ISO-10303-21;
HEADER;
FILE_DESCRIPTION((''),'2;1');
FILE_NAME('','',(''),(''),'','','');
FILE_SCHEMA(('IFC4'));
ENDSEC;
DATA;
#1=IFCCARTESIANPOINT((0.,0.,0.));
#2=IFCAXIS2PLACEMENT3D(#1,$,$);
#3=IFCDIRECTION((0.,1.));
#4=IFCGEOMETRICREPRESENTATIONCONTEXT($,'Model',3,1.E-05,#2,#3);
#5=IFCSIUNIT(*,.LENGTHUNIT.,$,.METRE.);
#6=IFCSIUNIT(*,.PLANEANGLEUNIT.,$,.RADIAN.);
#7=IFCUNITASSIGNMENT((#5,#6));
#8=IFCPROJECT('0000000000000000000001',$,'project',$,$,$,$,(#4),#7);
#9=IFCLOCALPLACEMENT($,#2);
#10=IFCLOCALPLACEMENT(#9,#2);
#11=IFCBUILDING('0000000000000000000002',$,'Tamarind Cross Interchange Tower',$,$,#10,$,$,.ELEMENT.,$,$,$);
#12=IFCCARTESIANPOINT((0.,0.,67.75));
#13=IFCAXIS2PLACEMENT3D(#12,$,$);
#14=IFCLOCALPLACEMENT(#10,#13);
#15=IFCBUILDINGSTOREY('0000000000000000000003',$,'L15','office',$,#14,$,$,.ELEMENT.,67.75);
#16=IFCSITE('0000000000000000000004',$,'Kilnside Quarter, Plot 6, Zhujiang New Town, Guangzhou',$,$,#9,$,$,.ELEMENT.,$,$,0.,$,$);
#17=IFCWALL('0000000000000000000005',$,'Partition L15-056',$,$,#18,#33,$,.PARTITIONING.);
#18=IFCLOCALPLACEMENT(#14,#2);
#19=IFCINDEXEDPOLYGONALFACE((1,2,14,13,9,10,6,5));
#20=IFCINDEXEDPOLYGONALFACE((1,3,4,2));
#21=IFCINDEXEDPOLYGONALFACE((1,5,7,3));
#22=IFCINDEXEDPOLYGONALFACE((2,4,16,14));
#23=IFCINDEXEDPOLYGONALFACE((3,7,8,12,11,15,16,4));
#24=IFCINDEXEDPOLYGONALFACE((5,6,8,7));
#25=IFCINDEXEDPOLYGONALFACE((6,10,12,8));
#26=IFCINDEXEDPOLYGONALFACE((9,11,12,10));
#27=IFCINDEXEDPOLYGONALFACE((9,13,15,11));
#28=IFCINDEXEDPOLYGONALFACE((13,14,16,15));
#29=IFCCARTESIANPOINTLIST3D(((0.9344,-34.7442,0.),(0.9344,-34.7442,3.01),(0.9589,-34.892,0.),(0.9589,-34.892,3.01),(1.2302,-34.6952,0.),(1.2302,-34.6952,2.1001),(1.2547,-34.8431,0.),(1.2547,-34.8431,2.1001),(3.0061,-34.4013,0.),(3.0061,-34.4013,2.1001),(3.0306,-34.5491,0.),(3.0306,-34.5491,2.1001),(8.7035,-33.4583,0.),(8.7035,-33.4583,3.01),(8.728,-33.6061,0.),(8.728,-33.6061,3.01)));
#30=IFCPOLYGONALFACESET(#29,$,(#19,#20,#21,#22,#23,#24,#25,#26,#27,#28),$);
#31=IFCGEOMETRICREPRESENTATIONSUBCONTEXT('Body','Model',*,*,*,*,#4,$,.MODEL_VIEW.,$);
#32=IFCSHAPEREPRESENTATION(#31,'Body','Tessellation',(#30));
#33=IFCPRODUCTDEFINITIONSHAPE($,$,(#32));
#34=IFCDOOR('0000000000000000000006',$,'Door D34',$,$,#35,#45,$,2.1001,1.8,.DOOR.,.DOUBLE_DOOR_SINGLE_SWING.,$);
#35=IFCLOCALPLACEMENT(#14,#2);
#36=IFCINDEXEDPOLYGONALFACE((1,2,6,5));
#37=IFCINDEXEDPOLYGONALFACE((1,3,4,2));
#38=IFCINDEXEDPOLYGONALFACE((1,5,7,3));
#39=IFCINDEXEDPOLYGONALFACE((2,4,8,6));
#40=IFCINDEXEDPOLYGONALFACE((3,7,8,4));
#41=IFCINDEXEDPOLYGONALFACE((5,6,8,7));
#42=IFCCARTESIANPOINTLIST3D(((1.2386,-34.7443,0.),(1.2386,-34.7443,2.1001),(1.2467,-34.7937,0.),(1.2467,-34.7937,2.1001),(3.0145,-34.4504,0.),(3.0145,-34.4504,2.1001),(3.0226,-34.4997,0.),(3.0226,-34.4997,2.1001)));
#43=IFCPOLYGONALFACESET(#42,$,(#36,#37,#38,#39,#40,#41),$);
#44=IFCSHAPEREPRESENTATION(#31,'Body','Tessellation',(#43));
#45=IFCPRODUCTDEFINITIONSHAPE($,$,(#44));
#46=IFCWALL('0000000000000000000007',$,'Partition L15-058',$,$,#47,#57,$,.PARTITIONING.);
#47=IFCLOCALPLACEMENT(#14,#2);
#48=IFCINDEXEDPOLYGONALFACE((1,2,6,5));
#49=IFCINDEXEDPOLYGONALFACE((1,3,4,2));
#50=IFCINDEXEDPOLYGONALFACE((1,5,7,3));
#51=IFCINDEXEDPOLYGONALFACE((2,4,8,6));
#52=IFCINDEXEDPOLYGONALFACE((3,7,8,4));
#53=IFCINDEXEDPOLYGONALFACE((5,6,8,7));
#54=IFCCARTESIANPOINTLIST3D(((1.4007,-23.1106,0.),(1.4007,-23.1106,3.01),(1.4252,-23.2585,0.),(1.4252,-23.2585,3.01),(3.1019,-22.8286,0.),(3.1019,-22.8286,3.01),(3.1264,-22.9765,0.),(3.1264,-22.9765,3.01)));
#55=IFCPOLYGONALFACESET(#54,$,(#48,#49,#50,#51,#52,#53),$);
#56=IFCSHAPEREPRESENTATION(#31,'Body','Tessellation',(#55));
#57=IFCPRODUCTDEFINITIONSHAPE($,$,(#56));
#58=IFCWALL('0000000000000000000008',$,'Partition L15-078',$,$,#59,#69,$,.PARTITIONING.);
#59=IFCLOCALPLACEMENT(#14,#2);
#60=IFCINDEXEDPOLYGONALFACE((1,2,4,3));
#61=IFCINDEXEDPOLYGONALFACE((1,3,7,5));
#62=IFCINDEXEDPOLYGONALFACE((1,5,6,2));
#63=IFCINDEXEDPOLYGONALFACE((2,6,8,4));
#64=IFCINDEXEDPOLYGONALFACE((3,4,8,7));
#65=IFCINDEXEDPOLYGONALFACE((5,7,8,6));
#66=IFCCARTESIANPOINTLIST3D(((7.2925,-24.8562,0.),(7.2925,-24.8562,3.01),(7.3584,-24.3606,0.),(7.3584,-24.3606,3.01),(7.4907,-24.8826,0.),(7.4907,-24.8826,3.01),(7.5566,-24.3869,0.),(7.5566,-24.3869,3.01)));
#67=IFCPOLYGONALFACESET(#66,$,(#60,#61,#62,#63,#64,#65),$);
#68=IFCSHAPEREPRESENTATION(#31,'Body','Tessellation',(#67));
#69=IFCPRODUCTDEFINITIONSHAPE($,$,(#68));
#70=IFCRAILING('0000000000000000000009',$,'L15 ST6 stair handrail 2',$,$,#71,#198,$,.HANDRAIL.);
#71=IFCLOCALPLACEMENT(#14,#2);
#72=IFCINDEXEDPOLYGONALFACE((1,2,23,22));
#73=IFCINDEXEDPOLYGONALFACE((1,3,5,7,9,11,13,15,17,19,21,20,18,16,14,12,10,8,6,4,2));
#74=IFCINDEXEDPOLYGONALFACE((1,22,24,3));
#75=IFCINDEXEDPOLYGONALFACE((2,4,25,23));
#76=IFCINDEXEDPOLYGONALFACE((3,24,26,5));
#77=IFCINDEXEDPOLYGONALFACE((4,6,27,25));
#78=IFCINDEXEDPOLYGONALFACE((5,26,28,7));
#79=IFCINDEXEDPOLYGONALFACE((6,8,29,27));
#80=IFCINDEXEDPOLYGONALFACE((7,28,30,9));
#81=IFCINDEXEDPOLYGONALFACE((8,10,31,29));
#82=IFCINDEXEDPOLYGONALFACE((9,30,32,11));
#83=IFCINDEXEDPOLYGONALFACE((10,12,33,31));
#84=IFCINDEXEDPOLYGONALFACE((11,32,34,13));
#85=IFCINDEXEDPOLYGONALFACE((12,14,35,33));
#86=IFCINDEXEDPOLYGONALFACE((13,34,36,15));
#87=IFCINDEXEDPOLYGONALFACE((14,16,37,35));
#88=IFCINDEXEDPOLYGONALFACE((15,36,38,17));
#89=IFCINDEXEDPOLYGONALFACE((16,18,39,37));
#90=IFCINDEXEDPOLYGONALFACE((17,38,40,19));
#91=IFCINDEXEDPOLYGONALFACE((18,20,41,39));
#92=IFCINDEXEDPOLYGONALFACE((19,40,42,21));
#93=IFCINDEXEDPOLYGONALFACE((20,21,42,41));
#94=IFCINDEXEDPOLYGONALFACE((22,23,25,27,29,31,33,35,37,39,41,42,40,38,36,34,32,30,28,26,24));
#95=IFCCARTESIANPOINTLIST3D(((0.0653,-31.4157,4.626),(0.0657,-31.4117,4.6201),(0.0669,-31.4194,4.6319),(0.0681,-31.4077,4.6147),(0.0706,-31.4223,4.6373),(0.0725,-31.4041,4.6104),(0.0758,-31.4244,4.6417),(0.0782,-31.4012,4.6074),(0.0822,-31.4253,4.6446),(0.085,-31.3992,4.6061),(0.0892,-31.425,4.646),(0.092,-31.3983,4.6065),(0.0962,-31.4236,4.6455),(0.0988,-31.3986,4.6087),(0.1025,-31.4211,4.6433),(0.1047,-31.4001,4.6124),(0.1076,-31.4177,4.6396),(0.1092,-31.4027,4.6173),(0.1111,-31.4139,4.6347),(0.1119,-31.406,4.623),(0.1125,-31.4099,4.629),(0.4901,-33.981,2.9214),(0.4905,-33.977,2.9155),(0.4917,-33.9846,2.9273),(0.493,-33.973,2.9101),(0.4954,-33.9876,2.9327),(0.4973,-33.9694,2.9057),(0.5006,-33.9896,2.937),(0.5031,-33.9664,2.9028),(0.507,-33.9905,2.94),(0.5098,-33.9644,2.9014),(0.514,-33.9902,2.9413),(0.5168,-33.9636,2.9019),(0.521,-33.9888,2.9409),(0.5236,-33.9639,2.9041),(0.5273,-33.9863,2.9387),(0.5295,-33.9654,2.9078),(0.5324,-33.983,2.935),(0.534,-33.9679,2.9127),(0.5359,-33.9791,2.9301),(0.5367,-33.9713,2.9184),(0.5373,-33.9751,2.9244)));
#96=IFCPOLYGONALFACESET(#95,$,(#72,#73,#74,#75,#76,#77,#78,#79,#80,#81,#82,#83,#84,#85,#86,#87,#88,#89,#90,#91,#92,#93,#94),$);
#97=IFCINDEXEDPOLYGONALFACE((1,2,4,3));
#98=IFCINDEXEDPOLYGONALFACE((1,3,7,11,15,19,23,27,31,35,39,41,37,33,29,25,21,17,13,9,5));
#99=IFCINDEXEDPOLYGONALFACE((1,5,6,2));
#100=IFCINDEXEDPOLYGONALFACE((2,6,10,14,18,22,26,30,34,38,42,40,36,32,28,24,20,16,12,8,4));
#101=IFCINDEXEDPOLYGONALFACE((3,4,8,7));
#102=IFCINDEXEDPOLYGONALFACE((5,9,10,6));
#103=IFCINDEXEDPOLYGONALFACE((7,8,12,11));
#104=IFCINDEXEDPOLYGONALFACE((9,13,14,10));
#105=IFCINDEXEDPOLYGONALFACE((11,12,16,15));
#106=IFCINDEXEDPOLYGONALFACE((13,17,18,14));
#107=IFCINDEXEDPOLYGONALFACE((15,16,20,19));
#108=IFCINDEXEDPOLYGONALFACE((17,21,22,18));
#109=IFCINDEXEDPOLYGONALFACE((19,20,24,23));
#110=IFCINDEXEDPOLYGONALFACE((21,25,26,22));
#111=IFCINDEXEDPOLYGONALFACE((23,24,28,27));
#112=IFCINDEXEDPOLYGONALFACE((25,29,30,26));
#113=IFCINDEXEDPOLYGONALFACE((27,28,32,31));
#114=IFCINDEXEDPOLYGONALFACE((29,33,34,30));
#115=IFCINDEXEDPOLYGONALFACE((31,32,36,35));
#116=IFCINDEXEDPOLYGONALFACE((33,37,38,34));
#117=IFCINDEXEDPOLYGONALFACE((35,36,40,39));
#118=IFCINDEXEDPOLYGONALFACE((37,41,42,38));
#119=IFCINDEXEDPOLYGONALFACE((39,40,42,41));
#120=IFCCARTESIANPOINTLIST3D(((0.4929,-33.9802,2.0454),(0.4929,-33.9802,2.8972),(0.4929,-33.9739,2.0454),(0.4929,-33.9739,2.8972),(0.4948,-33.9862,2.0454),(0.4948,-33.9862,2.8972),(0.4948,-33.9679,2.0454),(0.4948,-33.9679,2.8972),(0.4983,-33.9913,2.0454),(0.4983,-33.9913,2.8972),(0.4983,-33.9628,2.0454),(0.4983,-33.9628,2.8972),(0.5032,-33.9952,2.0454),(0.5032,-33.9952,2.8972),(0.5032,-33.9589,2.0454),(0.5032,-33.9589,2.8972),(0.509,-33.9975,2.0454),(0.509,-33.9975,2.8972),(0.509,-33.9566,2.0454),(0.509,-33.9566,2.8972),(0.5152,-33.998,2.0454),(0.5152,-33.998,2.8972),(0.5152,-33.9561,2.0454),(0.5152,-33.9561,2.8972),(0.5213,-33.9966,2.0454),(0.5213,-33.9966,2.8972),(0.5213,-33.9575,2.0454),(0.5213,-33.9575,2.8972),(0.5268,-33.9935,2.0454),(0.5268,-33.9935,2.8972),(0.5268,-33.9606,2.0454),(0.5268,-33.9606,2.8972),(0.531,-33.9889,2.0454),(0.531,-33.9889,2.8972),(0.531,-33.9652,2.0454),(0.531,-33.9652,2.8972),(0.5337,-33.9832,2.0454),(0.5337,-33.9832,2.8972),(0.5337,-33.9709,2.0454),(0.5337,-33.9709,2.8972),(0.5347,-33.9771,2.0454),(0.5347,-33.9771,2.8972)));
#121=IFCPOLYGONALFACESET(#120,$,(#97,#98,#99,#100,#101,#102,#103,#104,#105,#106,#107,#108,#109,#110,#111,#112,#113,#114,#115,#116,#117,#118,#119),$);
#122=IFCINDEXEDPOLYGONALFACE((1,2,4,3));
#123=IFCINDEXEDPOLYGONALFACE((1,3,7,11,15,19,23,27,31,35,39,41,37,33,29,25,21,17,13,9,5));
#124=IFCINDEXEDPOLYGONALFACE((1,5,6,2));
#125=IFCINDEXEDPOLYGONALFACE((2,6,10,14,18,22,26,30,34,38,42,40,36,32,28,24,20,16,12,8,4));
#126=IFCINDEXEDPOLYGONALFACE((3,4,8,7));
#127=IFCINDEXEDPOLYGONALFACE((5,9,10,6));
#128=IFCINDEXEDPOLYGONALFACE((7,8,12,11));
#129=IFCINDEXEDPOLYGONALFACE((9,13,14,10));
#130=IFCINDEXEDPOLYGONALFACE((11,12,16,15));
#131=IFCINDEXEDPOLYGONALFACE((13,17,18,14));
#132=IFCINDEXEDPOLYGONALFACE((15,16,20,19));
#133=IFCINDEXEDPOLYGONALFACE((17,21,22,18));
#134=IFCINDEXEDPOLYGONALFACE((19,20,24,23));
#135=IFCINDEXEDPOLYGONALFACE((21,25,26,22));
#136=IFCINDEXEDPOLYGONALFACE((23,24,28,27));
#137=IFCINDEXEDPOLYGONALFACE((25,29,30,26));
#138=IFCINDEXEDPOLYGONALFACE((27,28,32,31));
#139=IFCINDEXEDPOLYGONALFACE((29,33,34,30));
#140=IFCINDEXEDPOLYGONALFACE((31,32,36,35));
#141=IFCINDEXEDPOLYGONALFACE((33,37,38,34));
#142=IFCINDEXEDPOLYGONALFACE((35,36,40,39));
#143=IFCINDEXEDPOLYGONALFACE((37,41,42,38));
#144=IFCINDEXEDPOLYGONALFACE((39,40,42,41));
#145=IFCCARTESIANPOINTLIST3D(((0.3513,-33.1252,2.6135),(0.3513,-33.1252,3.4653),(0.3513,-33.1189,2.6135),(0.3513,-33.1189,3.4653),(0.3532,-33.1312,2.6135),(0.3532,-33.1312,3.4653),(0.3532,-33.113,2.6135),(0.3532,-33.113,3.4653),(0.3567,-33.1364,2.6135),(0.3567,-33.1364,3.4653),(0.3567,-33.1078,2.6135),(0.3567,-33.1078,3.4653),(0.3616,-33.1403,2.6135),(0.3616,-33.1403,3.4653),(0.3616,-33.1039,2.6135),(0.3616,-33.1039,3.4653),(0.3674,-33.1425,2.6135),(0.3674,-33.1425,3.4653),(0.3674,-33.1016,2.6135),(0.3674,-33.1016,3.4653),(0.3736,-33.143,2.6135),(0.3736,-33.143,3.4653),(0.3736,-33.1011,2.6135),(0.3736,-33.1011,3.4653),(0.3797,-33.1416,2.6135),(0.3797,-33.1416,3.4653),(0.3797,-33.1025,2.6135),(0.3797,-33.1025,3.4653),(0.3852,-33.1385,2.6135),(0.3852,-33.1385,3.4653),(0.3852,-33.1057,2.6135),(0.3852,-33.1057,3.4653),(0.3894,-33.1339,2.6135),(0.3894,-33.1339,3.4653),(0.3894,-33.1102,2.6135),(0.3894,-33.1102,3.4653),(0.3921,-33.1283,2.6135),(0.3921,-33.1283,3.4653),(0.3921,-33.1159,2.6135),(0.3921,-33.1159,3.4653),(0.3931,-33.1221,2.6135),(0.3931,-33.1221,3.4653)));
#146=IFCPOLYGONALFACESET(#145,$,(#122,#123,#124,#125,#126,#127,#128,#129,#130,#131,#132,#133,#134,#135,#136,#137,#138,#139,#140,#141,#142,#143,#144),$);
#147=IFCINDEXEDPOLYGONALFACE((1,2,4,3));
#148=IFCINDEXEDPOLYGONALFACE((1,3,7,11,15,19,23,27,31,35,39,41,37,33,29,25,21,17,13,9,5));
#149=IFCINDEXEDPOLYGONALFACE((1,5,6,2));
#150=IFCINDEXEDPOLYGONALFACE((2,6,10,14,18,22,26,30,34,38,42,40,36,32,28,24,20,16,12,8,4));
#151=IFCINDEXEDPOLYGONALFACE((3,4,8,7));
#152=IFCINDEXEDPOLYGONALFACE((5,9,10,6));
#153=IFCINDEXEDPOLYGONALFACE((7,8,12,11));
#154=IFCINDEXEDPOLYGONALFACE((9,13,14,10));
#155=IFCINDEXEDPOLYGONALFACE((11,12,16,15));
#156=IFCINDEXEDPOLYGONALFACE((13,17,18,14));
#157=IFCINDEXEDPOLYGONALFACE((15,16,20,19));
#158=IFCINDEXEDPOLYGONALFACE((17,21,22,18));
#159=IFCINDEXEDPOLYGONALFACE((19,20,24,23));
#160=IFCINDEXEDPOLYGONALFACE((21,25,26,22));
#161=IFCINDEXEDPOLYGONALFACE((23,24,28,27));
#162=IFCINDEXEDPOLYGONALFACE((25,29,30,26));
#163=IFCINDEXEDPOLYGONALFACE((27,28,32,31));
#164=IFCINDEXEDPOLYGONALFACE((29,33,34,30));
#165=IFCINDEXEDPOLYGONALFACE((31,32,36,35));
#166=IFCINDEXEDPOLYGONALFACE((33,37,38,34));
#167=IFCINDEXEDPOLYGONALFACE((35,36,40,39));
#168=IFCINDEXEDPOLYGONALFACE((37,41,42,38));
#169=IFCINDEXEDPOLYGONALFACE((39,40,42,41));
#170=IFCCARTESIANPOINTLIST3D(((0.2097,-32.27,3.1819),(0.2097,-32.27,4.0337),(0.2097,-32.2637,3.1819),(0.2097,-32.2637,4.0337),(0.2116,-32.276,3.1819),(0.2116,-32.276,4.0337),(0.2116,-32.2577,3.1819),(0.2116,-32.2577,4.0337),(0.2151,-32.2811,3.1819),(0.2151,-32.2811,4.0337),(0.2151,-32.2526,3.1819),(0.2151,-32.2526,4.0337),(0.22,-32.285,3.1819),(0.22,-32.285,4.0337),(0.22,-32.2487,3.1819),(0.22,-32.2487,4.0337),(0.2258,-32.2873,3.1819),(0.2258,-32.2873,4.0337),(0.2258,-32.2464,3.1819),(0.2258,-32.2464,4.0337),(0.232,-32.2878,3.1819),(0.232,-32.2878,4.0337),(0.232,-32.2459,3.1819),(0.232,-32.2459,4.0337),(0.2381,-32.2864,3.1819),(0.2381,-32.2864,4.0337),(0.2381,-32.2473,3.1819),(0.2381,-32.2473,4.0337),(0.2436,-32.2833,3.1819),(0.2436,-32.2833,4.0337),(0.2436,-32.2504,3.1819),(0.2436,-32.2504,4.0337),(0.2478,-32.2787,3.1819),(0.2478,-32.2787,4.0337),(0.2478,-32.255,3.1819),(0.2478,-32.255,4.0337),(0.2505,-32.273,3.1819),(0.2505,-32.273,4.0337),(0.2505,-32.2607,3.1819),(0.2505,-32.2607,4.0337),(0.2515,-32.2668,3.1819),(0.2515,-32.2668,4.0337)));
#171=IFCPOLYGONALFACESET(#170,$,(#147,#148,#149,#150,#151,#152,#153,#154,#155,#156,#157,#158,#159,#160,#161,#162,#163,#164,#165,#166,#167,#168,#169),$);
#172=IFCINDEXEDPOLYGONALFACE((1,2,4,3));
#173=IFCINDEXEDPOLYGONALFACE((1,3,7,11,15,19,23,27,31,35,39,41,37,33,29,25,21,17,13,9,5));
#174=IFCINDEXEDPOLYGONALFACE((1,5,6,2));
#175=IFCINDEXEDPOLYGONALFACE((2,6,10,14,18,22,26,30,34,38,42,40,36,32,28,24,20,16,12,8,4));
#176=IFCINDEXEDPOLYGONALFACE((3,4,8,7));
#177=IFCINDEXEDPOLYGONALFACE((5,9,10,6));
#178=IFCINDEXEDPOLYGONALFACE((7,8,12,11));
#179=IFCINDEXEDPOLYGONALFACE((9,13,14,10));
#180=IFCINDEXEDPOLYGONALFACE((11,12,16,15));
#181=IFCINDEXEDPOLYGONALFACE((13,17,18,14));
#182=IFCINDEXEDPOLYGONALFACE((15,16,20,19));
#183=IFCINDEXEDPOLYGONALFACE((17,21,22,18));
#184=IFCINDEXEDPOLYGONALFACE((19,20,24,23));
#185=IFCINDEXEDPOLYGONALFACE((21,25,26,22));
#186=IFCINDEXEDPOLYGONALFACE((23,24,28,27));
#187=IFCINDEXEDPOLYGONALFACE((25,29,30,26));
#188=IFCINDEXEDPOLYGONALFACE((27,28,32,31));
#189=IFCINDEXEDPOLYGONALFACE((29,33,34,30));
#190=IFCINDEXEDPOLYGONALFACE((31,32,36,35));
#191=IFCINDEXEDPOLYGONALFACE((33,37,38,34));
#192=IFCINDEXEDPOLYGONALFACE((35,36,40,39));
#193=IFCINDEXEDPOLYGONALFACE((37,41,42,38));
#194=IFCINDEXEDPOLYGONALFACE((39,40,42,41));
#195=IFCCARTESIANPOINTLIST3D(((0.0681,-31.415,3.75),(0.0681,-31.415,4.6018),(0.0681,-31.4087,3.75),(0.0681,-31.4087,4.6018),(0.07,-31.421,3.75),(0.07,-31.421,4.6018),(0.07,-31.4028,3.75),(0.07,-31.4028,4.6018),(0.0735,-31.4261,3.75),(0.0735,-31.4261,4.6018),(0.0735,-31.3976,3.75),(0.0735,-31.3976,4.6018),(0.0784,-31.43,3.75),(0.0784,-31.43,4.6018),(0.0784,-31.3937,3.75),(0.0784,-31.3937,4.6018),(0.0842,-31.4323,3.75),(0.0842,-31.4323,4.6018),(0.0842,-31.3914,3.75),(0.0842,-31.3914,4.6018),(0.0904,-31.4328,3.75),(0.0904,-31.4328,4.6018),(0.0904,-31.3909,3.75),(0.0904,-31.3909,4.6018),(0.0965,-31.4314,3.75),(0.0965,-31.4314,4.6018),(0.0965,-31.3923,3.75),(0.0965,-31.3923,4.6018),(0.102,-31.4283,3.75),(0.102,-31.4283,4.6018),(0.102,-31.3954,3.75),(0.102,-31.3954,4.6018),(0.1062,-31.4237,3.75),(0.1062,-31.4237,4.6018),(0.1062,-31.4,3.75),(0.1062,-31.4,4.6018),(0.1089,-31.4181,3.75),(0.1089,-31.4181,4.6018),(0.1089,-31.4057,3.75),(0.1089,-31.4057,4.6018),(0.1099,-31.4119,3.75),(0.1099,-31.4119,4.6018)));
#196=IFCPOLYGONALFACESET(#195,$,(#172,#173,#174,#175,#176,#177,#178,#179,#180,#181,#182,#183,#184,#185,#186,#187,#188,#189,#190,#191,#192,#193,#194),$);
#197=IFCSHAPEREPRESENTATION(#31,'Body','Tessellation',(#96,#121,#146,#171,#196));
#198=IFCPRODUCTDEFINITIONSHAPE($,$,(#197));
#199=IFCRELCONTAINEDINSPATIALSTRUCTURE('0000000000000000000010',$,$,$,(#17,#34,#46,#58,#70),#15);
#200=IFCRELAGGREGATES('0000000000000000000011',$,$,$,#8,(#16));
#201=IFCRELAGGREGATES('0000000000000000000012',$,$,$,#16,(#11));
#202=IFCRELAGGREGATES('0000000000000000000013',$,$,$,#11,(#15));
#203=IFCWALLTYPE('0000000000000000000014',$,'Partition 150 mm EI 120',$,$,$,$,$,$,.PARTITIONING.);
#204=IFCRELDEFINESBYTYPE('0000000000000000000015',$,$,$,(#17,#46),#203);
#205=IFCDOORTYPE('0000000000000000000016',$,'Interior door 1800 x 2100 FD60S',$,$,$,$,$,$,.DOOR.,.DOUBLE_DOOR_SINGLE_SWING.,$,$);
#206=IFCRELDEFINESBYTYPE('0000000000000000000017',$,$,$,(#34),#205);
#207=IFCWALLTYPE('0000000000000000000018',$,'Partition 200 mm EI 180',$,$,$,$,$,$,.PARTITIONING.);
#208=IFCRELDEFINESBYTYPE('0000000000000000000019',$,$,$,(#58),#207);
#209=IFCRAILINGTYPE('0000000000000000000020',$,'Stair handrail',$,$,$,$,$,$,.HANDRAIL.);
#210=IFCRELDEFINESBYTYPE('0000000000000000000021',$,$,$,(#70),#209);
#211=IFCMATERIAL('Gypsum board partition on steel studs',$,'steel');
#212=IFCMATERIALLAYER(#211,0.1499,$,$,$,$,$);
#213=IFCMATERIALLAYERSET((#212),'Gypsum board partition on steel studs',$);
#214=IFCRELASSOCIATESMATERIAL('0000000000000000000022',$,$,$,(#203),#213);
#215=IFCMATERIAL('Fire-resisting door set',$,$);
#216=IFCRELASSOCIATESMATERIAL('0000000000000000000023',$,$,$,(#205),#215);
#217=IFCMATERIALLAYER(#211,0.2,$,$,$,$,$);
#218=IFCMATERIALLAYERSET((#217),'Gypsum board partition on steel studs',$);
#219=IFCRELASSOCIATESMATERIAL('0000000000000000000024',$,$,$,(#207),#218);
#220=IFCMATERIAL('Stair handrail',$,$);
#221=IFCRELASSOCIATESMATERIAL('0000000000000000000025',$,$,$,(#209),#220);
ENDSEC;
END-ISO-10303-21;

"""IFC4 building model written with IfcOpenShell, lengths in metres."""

from ifc_helpers import new_model, si_unit, direction, frame, frame_2d, origin, origin_2d, place, context, subcontext, project, spatial, rectangle, circle, extrude, material, layer, layer_set, type_object, element, fill, save


model = new_model("IFC4")

# Units and contexts
model_context = context("Model", 3, precision=1e-05, world=origin(), true_north=direction((0.0, 1.0)))
body_context = subcontext(model_context, "Body", "Model", "MODEL_VIEW")
ifc_project = project(units=[si_unit("LENGTHUNIT", "METRE"), si_unit("PLANEANGLEUNIT", "RADIAN")], contexts=[model_context])

# Site, building, storey
site_placement = place(None, origin())
site = spatial("IfcSite", under=ifc_project, at=site_placement, Name="Kilnside Quarter, Plot 6, Zhujiang New Town, Guangzhou", CompositionType="ELEMENT", RefElevation=0.0)
building_placement = place(site_placement, origin())
building = spatial("IfcBuilding", under=site, at=building_placement, Name="Tamarind Cross Interchange Tower", CompositionType="ELEMENT")
storey_placement = place(building_placement, frame((0.0, 0.0, 67.75)))
storey = spatial("IfcBuildingStorey", under=building, at=storey_placement, Name="L15", Description="office", CompositionType="ELEMENT", Elevation=67.75)

# Shared definitions
ifc_material_1 = material(Name="Gypsum board partition on steel studs", Category="steel")

# Shared definitions
ifc_layer_1 = layer(ifc_material_1, 0.1499)
ifc_layer_set_1 = layer_set([ifc_layer_1], Name="Gypsum board partition on steel studs")
wall_type_1 = type_object("IfcWallType", Name="Partition 150 mm EI 120", PredefinedType="PARTITIONING", material=ifc_layer_set_1)
ifc_material_2 = material(Name="Fire-resisting door set")

# Wall, opening, door
wall_1_placement = place(storey_placement, frame((0.9465, -34.8181, 0.0), z_axis=(0.0, 0.0, 1.0), x_axis=(0.986578, 0.163293, 0.0)))
wall_1 = element("IfcWall", 1, at=wall_1_placement, inside=storey, type_object=wall_type_1, Name="Partition L15-056", PredefinedType="PARTITIONING", context=body_context, shape_type="SweptSolid", body=[
    extrude(rectangle(XDim=7.8748, YDim=0.1499, at=frame_2d((3.9375, 0.0))), origin(), (0.0, 0.0, 1.0), 3.01),
])
opening_1_placement = place(wall_1_placement, frame((0.3, 0.0, 0.0)))
opening_1 = element("IfcOpeningElement", 2, at=opening_1_placement, cuts=wall_1, PredefinedType="OPENING", context=body_context, shape_type="SweptSolid", body=[
    extrude(rectangle(XDim=1.8, YDim=2.1001, at=frame_2d((0.8999, 1.05))), frame((0.0, 0.085, 0.0), z_axis=(0.0, -1.0, 0.0), x_axis=(1.0, 0.0, 0.0)), (0.0, 0.0, 1.0), 0.1699),
])
door_type_1 = type_object("IfcDoorType", Name="Interior door 1800 x 2100 FD60S", OperationType="DOUBLE_DOOR_SINGLE_SWING", PredefinedType="DOOR", material=ifc_material_2)
door_1_placement = place(opening_1_placement, frame((1.8, 0.0, 0.0), z_axis=(0.0, 0.0, 1.0), x_axis=(-1.0, 0.0, 0.0)))
door_1 = element("IfcDoor", 3, at=door_1_placement, inside=storey, type_object=door_type_1, Name="Door D34", OperationType="DOUBLE_DOOR_SINGLE_SWING", OverallHeight=2.1001, OverallWidth=1.8, PredefinedType="DOOR", context=body_context, shape_type="SweptSolid", body=[
    extrude(rectangle(XDim=1.8, YDim=2.1001, at=frame_2d((0.8999, 1.05))), frame((0.0, 0.0249, 0.0), z_axis=(0.0, -1.0, 0.0), x_axis=(1.0, 0.0, 0.0)), (0.0, 0.0, 1.0), 0.05),
])
fill(opening_1, door_1)

# Walls
wall_2_placement = place(storey_placement, frame((1.4128, -23.1846, 0.0), z_axis=(0.0, 0.0, 1.0), x_axis=(0.986539, 0.163526, 0.0)))
element("IfcWall", 4, at=wall_2_placement, inside=storey, type_object=wall_type_1, Name="Partition L15-058", PredefinedType="PARTITIONING", context=body_context, shape_type="SweptSolid", body=[
    extrude(rectangle(XDim=1.7244, YDim=0.1499, at=frame_2d((0.8623, 0.0))), origin(), (0.0, 0.0, 1.0), 3.01),
])
ifc_layer_2 = layer(ifc_material_1, 0.2)
ifc_layer_set_2 = layer_set([ifc_layer_2], Name="Gypsum board partition on steel studs")
wall_type_2 = type_object("IfcWallType", Name="Partition 200 mm EI 180", PredefinedType="PARTITIONING", material=ifc_layer_set_2)
wall_3_placement = place(storey_placement, frame((7.3916, -24.8694, 0.0), z_axis=(0.0, 0.0, 1.0), x_axis=(0.131844, 0.99127, 0.0)))
element("IfcWall", 5, at=wall_3_placement, inside=storey, type_object=wall_type_2, Name="Partition L15-078", PredefinedType="PARTITIONING", context=body_context, shape_type="SweptSolid", body=[
    extrude(rectangle(XDim=0.5, YDim=0.2, at=frame_2d((0.25, 0.0))), origin(), (0.0, 0.0, 1.0), 3.01),
])

# Railing
ifc_material_3 = material(Name="Stair handrail")
railing_type = type_object("IfcRailingType", Name="Stair handrail", PredefinedType="HANDRAIL", material=ifc_material_3)
railing_placement = place(storey_placement, frame((0.5137, -33.9771, 2.0454)))
element("IfcRailing", 6, at=railing_placement, inside=storey, type_object=railing_type, Name="L15 ST6 stair handrail 2", PredefinedType="HANDRAIL", context=body_context, shape_type="SweptSolid", body=[
    extrude(circle(Radius=0.0239, at=origin_2d()), frame((0.0, 0.0, 0.876), z_axis=(-0.136634, 0.825068, 0.548265), x_axis=(-0.986563, -0.163379, 0.0)), (0.0, 0.0, 1.0), 3.1091),
    extrude(circle(Radius=0.021, at=origin_2d()), origin(), (0.0, 0.0, 1.0), 0.8518),
    extrude(circle(Radius=0.021, at=origin_2d()), frame((-0.1416, 0.855, 0.5681)), (0.0, 0.0, 1.0), 0.8518),
    extrude(circle(Radius=0.021, at=origin_2d()), frame((-0.2832, 1.7102, 1.1365)), (0.0, 0.0, 1.0), 0.8518),
    extrude(circle(Radius=0.021, at=origin_2d()), frame((-0.4248, 2.5652, 1.7046)), (0.0, 0.0, 1.0), 0.8518),
])

save(model, "model.ifc")
